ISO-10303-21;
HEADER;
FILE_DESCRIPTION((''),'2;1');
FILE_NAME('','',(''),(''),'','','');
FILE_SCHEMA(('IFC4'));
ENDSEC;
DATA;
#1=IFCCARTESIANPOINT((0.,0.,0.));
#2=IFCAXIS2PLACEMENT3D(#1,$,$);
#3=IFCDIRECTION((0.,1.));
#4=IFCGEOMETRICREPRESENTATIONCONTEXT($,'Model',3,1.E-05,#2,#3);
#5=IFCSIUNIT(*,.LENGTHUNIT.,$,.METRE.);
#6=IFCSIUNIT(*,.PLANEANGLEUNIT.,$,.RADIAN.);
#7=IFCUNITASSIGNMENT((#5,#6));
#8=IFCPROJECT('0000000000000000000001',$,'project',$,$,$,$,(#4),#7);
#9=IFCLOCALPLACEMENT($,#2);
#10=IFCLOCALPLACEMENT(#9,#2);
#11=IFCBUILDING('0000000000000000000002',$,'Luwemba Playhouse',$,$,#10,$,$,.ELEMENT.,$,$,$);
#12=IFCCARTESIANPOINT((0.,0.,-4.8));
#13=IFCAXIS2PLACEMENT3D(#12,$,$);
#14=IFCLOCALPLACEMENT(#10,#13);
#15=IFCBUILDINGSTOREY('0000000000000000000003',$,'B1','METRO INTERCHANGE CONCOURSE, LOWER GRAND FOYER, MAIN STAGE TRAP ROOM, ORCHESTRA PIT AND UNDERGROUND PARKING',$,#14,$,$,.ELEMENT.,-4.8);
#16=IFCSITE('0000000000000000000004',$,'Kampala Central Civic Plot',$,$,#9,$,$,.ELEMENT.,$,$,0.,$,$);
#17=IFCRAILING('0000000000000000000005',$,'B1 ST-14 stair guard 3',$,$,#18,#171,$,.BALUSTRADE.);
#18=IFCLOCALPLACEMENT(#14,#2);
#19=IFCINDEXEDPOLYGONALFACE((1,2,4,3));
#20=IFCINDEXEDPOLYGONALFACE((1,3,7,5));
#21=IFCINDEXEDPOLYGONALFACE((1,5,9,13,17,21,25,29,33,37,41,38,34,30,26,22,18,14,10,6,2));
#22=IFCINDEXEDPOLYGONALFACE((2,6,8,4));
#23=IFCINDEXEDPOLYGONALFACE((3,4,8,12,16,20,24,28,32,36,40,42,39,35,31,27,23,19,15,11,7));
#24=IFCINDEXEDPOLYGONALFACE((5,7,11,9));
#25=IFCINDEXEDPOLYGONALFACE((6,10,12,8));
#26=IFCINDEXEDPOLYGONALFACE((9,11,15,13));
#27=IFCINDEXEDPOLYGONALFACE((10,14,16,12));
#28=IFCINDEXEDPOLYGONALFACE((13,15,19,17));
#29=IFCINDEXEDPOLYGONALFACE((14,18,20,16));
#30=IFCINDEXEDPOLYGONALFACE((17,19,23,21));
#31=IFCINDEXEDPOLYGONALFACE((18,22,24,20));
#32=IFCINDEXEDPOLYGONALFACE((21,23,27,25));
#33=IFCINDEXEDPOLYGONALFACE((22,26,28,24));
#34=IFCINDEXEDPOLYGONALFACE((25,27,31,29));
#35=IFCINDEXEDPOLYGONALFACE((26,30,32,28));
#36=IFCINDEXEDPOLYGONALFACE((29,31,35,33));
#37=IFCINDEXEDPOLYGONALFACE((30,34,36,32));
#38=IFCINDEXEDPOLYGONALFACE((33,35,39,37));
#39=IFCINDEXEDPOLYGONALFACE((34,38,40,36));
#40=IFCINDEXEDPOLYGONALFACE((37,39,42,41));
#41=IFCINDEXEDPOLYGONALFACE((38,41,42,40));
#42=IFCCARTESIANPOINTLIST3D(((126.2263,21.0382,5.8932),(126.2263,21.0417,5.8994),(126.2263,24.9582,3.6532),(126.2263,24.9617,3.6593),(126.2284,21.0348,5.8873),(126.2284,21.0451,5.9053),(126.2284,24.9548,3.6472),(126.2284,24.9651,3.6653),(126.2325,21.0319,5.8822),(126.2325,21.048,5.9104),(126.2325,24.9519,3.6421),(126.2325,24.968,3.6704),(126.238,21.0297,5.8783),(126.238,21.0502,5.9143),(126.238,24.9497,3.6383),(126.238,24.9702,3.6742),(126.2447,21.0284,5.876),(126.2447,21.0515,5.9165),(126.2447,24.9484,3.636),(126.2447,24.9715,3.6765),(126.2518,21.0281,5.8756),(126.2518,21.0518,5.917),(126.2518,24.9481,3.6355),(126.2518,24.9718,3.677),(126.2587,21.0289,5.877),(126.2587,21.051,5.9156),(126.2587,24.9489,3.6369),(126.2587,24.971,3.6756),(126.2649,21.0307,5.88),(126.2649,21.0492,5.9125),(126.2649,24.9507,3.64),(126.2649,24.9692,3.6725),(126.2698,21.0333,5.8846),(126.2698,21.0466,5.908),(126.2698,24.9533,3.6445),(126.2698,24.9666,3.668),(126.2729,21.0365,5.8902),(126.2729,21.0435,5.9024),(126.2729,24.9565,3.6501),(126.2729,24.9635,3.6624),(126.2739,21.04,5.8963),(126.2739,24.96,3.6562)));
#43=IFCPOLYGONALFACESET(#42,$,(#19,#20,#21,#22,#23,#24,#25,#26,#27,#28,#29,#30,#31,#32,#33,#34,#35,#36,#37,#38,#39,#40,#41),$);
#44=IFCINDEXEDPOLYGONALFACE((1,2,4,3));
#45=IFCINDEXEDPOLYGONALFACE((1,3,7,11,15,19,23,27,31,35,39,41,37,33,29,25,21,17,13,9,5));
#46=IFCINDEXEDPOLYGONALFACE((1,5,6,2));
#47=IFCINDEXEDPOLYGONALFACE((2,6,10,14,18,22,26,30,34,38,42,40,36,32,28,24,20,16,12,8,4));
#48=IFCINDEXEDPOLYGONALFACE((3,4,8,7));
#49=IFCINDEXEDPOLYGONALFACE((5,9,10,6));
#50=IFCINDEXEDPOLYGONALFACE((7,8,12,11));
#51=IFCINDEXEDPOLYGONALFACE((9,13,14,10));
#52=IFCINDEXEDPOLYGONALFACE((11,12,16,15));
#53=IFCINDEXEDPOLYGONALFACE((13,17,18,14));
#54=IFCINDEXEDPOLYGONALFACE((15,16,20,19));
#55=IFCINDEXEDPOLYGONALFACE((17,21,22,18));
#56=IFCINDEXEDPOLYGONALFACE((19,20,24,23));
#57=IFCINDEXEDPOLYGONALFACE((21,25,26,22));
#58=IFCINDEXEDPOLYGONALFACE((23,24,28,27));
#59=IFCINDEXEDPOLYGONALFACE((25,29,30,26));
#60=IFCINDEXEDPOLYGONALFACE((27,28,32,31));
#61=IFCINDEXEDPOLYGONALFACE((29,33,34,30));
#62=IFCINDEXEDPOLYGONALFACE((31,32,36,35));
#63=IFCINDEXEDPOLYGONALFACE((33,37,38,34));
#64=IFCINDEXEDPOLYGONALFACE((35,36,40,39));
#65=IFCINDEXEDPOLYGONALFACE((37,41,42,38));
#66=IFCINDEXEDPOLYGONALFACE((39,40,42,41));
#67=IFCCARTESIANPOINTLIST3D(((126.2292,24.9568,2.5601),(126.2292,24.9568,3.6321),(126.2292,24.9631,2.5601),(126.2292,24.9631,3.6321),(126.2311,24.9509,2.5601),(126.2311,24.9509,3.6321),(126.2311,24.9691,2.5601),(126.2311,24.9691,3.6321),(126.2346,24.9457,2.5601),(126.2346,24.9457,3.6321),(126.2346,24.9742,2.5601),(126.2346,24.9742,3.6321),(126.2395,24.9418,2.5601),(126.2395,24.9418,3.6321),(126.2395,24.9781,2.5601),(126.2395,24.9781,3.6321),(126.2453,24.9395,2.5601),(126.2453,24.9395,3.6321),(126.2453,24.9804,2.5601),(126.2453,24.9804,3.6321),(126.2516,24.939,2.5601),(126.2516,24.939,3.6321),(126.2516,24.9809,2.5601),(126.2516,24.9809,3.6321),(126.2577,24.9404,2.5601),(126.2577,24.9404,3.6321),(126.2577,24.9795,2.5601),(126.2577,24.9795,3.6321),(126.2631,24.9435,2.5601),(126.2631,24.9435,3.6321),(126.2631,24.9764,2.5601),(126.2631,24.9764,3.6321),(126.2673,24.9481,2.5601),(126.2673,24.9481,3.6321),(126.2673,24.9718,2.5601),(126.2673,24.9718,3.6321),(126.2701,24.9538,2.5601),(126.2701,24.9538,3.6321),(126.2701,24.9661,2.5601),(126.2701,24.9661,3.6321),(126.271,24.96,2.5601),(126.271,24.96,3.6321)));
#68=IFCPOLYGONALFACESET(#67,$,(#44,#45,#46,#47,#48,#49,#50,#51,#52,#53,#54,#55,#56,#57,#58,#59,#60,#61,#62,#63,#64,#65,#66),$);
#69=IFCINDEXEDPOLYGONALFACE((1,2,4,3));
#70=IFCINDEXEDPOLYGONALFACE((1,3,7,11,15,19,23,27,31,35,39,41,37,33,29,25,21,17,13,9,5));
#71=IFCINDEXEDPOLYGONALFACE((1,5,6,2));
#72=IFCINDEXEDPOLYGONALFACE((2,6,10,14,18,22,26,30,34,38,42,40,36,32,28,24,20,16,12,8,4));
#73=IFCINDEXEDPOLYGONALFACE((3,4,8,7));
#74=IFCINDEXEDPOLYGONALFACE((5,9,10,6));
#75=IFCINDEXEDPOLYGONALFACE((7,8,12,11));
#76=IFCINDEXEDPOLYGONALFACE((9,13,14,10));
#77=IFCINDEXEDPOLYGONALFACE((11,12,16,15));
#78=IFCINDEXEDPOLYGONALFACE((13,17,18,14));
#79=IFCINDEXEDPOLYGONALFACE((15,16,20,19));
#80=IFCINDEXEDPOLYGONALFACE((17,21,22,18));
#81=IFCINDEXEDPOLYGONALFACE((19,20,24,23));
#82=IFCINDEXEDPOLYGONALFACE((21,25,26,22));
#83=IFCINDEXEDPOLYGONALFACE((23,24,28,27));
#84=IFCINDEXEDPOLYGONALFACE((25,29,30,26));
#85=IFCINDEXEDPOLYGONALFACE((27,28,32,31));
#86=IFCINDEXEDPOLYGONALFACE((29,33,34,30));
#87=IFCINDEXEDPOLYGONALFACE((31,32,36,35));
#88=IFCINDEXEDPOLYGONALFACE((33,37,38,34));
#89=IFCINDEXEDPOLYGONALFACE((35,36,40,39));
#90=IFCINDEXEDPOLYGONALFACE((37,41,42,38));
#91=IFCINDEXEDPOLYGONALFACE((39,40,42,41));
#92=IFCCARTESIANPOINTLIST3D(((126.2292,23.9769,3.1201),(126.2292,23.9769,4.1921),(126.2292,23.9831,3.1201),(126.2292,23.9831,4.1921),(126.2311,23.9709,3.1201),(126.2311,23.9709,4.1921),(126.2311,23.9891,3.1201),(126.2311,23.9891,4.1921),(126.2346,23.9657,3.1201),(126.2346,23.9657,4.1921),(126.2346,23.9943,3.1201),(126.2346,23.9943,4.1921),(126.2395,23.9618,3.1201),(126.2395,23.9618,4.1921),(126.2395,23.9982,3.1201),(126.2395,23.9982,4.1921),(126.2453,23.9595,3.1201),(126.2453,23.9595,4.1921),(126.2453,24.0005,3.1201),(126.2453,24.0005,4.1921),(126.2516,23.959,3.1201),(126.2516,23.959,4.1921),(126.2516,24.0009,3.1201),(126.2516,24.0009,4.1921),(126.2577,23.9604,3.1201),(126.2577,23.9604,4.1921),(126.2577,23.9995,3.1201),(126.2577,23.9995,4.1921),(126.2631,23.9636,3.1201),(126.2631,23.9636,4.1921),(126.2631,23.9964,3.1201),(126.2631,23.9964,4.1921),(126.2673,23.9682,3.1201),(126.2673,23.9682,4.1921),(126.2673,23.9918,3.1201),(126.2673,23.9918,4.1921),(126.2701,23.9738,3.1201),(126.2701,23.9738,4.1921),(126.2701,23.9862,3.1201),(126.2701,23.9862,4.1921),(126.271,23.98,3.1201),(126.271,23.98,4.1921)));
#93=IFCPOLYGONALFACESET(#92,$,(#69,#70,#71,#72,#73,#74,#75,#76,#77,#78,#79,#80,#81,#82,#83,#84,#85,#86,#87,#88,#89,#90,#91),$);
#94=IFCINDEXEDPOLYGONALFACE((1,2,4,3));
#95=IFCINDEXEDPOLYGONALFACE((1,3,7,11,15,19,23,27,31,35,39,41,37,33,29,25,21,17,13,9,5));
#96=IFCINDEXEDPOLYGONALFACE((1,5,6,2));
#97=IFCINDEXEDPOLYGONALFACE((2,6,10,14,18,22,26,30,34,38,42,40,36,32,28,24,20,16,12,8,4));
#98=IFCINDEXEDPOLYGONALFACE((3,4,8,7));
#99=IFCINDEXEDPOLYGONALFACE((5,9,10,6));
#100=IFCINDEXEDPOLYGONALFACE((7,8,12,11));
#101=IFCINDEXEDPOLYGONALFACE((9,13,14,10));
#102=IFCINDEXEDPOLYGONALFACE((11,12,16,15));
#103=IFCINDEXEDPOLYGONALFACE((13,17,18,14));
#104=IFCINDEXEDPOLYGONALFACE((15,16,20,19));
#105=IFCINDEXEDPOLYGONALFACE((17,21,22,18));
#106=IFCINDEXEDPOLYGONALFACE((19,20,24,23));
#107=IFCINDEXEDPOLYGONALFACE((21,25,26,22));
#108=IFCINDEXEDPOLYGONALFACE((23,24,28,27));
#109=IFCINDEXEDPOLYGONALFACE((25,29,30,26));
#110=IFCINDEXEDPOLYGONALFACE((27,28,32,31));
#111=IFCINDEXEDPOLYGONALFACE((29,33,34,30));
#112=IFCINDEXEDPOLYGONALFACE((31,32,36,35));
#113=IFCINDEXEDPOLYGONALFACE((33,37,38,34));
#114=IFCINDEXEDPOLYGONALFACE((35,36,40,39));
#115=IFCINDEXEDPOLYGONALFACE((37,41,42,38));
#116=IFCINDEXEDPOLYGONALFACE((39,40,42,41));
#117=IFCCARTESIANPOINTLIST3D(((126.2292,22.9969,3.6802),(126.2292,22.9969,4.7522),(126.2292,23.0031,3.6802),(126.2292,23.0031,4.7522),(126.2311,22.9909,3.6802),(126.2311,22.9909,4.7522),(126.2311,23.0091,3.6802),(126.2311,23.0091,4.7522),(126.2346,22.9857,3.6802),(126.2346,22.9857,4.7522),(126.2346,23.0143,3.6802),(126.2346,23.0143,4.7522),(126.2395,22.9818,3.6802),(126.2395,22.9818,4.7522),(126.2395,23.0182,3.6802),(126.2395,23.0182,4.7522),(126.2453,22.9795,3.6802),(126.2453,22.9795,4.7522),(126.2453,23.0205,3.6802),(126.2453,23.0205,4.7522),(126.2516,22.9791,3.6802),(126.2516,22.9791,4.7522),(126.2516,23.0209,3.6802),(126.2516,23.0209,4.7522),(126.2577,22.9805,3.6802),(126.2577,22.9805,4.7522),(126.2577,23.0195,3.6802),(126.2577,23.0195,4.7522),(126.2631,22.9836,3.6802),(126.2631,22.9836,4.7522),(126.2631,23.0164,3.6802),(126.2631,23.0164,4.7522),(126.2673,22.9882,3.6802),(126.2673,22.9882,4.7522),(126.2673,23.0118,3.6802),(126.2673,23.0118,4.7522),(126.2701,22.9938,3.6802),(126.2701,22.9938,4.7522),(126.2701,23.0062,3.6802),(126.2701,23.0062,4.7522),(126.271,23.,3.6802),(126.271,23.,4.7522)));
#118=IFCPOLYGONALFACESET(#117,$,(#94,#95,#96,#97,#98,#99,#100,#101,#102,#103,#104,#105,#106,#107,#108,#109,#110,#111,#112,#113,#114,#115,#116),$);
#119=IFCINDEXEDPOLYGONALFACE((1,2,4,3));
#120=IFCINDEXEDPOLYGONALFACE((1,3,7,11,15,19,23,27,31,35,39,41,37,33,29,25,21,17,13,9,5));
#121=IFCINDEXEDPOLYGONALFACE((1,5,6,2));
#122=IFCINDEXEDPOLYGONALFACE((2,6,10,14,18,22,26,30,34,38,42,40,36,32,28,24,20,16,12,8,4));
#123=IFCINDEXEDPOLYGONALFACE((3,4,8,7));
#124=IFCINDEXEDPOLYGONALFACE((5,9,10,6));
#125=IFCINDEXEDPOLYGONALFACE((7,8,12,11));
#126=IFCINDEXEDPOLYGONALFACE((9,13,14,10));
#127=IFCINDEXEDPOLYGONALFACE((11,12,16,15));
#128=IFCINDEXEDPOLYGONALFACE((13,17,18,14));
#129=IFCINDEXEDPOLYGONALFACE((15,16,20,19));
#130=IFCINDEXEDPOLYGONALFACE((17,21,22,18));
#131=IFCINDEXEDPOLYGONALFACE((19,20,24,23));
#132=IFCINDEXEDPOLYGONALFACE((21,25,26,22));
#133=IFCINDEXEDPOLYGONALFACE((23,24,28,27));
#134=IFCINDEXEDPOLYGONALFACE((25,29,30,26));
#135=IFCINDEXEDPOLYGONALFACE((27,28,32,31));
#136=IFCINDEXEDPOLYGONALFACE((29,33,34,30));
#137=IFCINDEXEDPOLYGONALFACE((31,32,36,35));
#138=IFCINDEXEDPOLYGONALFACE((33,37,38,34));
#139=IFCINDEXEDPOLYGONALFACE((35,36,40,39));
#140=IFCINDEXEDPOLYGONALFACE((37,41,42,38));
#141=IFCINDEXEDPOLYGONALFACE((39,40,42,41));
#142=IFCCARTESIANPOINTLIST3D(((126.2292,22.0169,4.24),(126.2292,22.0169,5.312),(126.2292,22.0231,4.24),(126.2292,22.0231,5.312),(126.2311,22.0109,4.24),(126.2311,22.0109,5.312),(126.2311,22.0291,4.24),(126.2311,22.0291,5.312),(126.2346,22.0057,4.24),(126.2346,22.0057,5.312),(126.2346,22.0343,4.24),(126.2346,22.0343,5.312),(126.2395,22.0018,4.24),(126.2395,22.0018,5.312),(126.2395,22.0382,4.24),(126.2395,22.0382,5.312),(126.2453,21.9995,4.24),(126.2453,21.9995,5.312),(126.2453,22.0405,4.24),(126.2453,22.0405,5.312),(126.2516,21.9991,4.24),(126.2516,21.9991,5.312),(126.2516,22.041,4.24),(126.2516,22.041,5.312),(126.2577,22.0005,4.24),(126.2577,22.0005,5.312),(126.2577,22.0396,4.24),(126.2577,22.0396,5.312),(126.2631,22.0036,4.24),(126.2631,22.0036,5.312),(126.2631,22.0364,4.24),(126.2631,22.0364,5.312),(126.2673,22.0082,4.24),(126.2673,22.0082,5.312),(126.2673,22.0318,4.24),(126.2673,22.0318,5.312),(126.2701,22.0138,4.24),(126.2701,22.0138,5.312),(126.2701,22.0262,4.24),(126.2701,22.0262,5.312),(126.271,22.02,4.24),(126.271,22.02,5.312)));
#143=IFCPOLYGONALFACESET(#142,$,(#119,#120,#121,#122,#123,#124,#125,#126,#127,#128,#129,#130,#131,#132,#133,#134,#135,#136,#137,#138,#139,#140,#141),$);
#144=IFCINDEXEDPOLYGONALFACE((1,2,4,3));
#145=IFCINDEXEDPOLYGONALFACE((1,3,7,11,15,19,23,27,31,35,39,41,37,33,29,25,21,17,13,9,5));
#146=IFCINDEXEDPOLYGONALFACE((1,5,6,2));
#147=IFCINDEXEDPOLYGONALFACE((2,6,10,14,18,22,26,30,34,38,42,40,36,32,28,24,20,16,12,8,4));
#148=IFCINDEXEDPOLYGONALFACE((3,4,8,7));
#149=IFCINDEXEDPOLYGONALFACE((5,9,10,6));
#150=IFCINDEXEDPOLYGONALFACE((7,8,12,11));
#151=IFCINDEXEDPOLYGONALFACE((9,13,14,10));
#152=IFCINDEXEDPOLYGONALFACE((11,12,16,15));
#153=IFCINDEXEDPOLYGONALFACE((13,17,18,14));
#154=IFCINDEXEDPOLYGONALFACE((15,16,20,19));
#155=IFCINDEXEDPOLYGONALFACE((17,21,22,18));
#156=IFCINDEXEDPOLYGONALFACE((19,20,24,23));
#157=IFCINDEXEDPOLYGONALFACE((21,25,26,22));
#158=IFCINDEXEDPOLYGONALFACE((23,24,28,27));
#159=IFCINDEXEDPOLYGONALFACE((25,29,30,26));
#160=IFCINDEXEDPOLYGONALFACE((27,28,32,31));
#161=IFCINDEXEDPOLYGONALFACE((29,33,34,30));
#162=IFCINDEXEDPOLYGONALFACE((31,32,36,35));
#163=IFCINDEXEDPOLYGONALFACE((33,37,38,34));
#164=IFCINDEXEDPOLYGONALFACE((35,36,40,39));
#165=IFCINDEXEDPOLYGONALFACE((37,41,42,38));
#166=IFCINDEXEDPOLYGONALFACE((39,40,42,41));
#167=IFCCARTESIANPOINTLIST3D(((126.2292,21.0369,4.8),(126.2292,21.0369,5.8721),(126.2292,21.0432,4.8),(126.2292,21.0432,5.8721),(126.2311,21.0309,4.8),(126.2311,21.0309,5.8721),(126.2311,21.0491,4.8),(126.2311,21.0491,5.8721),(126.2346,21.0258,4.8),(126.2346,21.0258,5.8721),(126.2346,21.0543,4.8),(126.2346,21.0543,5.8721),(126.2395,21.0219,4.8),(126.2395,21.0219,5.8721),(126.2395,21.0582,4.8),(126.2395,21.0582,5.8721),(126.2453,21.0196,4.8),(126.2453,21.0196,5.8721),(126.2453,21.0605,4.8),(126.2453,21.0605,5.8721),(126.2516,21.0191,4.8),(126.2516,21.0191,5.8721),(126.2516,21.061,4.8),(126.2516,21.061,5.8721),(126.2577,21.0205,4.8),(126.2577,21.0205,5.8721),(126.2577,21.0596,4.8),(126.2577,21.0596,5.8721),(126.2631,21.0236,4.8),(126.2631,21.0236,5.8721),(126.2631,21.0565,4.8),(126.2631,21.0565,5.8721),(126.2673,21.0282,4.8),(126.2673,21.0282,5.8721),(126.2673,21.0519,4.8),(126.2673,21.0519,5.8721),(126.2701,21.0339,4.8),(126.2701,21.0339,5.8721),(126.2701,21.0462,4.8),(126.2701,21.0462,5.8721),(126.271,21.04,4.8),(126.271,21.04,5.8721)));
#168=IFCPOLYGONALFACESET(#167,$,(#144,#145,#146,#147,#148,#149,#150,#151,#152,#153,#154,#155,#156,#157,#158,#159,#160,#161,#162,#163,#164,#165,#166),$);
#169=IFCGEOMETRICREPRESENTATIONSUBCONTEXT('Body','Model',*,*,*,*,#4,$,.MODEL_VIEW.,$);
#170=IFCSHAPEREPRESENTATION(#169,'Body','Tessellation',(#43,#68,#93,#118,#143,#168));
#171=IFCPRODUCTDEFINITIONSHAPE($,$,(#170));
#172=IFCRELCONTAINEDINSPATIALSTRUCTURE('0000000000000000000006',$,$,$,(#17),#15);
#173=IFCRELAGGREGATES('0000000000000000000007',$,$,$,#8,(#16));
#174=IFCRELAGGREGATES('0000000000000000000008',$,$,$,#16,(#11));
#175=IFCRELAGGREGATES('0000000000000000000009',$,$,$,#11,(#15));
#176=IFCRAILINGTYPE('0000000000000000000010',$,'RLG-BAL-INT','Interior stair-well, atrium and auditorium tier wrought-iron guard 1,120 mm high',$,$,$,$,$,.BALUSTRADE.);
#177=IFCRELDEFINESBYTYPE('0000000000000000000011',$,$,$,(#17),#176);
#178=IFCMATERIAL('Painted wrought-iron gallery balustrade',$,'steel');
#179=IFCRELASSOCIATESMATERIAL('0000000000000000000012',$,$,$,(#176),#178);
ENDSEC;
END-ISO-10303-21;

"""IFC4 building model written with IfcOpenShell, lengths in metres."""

from ifc_helpers import new_model, si_unit, direction, frame, origin, origin_2d, place, context, subcontext, project, spatial, circle, extrude, material, type_object, element, save


model = new_model("IFC4")

# Units and contexts
model_context = context("Model", 3, precision=1e-05, world=origin(), true_north=direction((0.0, 1.0)))
body_context = subcontext(model_context, "Body", "Model", "MODEL_VIEW")
ifc_project = project(units=[si_unit("LENGTHUNIT", "METRE"), si_unit("PLANEANGLEUNIT", "RADIAN")], contexts=[model_context])

# Site, building, storey
site_placement = place(None, origin())
site = spatial("IfcSite", under=ifc_project, at=site_placement, Name="Kampala Central Civic Plot", CompositionType="ELEMENT", RefElevation=0.0)
building_placement = place(site_placement, origin())
building = spatial("IfcBuilding", under=site, at=building_placement, Name="Luwemba Playhouse", CompositionType="ELEMENT")
storey_placement = place(building_placement, frame((0.0, 0.0, -4.8)))
storey = spatial("IfcBuildingStorey", under=building, at=storey_placement, Name="B1", Description="METRO INTERCHANGE CONCOURSE, LOWER GRAND FOYER, MAIN STAGE TRAP ROOM, ORCHESTRA PIT AND UNDERGROUND PARKING", CompositionType="ELEMENT", Elevation=-4.8)

# Railing
ifc_material_1 = material(Name="Painted wrought-iron gallery balustrade", Category="steel")
railing_type = type_object("IfcRailingType", Name="RLG-BAL-INT", Description="Interior stair-well, atrium and auditorium tier wrought-iron guard 1,120 mm high", PredefinedType="BALUSTRADE", material=ifc_material_1)
railing_1_placement = place(storey_placement, frame((126.25, 24.96, 2.5601)))
element("IfcRailing", 1, at=railing_1_placement, inside=storey, type_object=railing_type, Name="B1 ST-14 stair guard 3", PredefinedType="BALUSTRADE", context=body_context, shape_type="SweptSolid", body=[
    extrude(circle(Radius=0.0239, at=origin_2d()), frame((0.0, 0.0, 1.0962), z_axis=(0.0, -0.86824, 0.496145), x_axis=(1.0, 0.0, 0.0)), (0.0, 0.0, 1.0), 4.5149),
    extrude(circle(Radius=0.021, at=origin_2d()), origin(), (0.0, 0.0, 1.0), 1.072),
    extrude(circle(Radius=0.021, at=origin_2d()), frame((0.0, -0.98, 0.5601)), (0.0, 0.0, 1.0), 1.072),
    extrude(circle(Radius=0.021, at=origin_2d()), frame((0.0, -1.96, 1.1201)), (0.0, 0.0, 1.0), 1.072),
    extrude(circle(Radius=0.021, at=origin_2d()), frame((0.0, -2.9399, 1.6799)), (0.0, 0.0, 1.0), 1.072),
    extrude(circle(Radius=0.021, at=origin_2d()), frame((0.0, -3.9199, 2.24)), (0.0, 0.0, 1.0), 1.072),
])

save(model, "model.ifc")
